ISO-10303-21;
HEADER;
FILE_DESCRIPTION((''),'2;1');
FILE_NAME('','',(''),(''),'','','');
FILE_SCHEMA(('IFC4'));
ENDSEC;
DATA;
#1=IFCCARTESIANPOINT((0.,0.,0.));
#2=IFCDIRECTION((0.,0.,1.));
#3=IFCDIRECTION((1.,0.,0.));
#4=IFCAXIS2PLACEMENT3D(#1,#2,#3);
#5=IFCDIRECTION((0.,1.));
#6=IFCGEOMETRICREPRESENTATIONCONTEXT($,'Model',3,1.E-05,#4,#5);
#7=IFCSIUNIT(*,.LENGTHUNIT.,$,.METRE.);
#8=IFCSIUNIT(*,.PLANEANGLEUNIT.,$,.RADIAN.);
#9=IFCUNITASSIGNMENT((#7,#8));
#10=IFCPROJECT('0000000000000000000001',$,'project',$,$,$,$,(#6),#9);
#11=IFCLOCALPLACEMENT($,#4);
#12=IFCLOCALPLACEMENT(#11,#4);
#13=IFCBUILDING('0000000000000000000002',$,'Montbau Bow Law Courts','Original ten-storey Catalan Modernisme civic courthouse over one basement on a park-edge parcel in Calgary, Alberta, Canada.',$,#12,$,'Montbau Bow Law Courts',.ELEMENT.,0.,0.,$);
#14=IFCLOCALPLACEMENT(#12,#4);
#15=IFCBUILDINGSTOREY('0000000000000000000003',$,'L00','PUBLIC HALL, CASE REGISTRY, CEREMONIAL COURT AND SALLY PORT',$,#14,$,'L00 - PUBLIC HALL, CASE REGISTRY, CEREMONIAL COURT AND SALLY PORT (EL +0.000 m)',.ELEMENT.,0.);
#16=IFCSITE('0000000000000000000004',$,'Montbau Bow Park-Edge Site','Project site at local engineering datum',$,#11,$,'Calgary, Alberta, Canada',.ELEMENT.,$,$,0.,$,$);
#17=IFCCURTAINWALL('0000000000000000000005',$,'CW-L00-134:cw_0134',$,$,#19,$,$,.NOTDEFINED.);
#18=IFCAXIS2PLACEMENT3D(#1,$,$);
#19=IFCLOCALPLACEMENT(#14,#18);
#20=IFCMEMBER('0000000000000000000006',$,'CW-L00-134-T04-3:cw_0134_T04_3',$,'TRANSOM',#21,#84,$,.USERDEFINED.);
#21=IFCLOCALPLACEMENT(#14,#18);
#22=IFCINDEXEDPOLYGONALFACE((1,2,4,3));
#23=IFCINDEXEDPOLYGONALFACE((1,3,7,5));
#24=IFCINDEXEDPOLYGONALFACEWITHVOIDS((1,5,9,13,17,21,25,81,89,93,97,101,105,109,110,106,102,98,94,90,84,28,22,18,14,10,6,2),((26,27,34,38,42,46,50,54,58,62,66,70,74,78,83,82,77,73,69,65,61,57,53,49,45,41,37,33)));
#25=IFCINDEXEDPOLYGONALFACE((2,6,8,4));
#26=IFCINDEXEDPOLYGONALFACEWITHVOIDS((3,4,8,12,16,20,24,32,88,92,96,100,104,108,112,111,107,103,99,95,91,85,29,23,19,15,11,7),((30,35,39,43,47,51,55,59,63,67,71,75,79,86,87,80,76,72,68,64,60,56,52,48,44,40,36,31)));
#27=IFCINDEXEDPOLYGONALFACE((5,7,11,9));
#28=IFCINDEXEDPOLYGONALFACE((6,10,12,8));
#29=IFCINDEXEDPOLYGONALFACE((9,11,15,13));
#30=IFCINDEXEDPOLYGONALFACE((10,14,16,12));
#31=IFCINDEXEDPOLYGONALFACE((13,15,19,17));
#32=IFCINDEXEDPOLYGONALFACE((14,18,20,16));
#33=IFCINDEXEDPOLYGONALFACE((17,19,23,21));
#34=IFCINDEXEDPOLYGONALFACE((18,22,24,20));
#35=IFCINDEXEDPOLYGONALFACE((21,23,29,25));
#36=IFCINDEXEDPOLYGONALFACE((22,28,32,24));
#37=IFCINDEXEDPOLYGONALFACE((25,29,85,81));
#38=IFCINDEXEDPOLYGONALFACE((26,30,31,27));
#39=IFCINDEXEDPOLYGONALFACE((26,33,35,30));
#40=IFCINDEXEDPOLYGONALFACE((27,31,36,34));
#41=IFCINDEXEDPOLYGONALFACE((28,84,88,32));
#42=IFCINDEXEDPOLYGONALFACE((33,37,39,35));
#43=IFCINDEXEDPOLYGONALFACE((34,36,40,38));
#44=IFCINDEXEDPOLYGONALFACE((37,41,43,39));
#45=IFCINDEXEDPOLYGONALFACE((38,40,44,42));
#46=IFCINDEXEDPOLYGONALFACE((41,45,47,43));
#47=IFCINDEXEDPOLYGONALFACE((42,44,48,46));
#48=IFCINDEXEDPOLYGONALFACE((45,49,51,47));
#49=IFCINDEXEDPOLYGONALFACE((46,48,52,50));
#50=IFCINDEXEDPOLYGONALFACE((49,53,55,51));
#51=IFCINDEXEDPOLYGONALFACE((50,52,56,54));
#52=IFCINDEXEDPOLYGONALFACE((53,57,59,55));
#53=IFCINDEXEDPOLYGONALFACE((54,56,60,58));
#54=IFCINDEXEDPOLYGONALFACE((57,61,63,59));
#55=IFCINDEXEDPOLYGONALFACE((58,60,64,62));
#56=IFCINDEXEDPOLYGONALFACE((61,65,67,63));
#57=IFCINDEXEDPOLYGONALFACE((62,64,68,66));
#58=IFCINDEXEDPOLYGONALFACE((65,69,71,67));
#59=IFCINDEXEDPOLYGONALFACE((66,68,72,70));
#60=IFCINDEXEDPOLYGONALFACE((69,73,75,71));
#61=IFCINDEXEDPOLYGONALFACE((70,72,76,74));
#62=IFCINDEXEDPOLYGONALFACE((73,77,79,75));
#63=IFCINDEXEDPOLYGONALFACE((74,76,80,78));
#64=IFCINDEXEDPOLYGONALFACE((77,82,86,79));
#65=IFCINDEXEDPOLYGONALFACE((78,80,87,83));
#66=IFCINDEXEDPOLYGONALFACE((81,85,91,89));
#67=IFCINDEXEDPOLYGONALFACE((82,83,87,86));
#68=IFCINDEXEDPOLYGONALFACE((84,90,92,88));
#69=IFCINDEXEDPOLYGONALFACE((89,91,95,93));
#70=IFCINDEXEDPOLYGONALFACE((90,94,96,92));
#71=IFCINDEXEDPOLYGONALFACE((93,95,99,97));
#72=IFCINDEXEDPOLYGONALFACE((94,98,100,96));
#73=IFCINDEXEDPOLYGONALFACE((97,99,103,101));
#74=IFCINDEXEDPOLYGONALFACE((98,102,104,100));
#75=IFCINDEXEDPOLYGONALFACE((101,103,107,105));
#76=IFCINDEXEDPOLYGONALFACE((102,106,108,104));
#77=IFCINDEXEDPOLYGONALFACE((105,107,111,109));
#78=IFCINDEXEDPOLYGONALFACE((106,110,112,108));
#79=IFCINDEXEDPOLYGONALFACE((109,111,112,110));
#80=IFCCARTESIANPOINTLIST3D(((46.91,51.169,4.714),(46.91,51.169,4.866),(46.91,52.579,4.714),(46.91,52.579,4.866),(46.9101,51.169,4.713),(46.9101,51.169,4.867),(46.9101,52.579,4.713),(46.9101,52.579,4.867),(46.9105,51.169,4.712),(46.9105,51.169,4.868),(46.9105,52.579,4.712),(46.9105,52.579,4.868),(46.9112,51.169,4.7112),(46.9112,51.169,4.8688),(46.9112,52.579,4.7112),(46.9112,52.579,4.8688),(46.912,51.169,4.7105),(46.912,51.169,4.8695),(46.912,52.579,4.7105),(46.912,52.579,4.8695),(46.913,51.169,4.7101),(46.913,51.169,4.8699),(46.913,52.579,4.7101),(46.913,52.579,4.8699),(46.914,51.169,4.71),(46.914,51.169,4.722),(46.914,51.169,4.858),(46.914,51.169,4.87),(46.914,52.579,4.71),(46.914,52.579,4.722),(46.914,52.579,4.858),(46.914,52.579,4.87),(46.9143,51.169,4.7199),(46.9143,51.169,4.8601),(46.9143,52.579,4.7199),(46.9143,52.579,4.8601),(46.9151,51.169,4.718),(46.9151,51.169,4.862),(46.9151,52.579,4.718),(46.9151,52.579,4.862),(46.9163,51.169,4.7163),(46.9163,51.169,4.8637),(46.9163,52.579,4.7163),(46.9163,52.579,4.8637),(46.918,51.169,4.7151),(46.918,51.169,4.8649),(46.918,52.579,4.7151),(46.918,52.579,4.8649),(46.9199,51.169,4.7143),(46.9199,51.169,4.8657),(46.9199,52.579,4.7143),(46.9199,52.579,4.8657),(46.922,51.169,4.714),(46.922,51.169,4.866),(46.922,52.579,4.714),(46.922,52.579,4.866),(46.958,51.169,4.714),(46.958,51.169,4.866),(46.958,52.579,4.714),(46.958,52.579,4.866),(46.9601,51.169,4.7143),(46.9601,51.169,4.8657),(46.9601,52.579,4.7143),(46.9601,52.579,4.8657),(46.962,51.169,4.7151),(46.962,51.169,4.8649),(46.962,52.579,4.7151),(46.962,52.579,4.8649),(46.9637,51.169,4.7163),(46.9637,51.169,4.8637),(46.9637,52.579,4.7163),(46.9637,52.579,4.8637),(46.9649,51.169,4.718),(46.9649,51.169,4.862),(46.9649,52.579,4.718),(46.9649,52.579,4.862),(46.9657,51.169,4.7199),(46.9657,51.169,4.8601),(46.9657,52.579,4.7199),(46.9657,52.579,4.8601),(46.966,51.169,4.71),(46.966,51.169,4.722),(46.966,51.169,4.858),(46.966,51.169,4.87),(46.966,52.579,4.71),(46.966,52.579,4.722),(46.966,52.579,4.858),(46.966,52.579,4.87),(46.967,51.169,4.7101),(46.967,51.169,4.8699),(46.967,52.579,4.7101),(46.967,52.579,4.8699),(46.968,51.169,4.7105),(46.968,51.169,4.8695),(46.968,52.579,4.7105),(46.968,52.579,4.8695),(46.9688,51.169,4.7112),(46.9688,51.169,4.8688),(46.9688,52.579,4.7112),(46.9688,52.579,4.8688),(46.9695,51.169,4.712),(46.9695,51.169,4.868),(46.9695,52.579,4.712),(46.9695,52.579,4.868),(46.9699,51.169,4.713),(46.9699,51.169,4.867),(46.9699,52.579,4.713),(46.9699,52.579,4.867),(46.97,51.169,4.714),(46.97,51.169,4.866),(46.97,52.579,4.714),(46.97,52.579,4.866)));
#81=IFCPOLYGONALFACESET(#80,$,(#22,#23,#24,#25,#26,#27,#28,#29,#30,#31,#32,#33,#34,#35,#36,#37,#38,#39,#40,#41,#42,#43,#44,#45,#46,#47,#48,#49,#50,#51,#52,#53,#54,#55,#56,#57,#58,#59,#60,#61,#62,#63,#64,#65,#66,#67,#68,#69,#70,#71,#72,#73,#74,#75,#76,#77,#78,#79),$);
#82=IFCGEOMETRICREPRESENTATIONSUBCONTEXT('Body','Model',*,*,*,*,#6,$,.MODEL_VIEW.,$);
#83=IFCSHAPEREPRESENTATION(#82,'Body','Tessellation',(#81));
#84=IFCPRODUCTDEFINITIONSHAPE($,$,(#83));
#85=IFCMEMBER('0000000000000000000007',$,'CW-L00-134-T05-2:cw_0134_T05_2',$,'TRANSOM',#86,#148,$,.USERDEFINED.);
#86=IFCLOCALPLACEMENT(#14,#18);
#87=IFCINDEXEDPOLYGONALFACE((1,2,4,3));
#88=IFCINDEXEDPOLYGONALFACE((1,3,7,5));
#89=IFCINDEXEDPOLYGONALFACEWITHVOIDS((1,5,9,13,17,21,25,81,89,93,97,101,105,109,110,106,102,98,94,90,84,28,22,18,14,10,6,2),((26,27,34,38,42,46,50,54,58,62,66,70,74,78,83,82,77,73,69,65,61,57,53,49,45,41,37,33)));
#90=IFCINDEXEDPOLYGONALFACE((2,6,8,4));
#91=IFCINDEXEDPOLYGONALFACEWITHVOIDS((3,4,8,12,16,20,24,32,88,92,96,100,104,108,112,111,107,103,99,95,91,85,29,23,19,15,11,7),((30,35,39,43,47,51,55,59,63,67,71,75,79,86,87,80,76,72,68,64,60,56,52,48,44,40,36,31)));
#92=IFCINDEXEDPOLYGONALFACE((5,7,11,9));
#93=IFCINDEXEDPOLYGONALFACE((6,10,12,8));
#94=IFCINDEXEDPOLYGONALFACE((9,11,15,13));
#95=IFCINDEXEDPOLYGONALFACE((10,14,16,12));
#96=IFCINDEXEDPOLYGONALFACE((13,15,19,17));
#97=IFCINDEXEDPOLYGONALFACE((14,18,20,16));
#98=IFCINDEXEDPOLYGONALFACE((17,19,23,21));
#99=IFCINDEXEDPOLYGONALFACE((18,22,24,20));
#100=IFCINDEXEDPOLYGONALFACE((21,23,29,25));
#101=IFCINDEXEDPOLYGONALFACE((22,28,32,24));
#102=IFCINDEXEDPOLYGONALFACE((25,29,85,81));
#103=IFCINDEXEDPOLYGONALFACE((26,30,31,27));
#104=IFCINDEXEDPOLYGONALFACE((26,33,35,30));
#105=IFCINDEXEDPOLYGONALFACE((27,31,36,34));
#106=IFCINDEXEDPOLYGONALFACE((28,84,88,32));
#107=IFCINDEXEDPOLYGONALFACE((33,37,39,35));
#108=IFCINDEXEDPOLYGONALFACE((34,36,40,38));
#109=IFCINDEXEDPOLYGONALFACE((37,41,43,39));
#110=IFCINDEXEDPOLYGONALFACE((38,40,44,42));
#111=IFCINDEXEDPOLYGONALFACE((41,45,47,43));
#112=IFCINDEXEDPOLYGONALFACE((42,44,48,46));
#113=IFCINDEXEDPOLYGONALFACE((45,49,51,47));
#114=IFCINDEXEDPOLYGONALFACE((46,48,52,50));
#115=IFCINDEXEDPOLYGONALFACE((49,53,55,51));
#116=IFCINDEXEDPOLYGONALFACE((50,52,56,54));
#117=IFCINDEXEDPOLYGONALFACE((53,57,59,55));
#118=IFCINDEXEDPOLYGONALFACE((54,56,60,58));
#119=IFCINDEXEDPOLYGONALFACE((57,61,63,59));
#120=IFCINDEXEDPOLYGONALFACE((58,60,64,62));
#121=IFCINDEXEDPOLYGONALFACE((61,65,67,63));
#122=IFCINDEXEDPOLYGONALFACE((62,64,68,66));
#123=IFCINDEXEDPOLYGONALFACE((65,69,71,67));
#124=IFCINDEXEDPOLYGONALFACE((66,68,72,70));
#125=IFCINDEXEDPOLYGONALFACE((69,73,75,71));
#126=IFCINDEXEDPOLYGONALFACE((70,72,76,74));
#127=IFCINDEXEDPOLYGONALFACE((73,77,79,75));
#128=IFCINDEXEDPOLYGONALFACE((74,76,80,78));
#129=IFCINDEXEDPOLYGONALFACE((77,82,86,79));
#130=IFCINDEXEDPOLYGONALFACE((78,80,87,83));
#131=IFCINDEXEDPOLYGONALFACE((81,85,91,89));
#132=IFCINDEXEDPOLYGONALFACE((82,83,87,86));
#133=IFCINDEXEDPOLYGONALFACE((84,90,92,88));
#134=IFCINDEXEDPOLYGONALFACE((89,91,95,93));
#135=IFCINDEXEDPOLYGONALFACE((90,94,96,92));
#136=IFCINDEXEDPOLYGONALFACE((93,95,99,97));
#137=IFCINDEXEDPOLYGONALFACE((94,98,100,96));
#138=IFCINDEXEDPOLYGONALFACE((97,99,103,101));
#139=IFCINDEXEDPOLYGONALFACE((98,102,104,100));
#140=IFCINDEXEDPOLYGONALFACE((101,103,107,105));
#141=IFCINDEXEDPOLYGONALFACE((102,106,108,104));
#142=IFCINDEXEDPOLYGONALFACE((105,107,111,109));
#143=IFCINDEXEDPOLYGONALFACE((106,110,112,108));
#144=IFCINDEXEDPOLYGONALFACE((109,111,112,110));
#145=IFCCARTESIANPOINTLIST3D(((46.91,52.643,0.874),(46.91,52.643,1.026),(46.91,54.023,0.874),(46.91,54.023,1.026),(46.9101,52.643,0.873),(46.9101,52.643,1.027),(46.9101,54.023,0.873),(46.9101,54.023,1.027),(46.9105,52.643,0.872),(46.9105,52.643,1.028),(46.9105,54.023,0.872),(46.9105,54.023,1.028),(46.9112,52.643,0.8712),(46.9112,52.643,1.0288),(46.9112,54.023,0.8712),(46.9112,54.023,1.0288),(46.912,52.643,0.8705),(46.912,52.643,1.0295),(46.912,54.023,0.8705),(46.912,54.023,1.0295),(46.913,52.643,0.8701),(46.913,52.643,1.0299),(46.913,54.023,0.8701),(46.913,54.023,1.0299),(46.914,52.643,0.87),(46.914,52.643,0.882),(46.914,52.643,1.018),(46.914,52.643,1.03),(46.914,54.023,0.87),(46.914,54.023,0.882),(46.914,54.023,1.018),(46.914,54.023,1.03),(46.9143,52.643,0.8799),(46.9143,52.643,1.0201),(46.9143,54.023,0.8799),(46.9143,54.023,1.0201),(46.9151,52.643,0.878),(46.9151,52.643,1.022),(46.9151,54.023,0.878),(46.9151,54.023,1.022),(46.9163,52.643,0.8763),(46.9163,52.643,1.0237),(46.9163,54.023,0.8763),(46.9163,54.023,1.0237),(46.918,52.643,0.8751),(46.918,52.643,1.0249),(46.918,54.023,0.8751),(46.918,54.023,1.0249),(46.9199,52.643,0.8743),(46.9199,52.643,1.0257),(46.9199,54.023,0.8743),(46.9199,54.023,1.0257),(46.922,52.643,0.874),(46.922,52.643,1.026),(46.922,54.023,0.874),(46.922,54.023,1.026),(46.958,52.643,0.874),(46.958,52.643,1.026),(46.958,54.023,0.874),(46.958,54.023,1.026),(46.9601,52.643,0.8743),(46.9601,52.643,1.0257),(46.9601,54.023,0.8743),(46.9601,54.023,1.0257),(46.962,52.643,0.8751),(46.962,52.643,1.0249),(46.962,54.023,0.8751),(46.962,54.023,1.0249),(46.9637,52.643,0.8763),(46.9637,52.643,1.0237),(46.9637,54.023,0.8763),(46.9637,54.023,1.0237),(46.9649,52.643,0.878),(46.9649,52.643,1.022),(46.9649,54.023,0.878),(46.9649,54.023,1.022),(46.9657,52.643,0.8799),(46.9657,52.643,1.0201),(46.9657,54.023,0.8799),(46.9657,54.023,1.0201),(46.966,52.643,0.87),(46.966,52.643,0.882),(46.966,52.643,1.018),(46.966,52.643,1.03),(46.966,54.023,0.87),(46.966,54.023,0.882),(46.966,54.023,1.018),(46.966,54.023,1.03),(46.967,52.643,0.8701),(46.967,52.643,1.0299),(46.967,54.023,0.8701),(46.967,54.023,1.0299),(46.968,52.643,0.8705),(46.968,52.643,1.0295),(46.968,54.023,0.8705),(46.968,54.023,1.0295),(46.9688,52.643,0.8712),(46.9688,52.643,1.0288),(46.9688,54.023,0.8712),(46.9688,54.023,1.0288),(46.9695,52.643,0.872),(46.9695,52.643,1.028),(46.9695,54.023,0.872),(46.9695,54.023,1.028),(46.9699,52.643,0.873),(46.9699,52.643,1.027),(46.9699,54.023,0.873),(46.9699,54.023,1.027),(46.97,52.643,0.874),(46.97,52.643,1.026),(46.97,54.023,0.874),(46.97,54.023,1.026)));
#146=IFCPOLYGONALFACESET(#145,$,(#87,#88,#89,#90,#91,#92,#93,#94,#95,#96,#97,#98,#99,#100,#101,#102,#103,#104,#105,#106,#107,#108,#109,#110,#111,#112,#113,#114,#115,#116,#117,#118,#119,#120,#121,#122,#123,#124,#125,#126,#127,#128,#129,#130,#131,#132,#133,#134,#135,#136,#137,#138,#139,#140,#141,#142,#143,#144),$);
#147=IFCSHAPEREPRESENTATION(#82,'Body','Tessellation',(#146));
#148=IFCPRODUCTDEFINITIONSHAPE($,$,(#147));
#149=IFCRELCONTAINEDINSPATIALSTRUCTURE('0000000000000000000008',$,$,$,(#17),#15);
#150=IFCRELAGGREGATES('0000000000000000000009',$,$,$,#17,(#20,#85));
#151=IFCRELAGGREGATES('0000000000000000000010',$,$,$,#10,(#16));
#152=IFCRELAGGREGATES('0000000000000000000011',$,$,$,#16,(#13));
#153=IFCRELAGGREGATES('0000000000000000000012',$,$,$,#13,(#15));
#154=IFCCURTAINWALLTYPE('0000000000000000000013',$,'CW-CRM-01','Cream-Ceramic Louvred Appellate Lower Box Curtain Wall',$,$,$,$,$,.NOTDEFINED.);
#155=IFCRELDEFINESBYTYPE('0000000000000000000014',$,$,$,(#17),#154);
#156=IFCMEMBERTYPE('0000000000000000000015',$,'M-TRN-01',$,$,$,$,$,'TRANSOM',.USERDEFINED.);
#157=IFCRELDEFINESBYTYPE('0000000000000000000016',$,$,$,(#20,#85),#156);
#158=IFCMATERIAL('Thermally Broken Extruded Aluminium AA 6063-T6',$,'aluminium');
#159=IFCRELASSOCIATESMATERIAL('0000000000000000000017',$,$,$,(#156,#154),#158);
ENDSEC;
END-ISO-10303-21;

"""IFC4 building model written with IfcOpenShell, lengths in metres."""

from ifc_helpers import new_model, si_unit, direction, frame, origin_with_axes, origin_2d_with_axis, place, context, subcontext, project, spatial, hollow_rectangle, extrude, material, material_profile, profile_set, type_object, element, aggregate, save


model = new_model("IFC4")

# Units and contexts
model_context = context("Model", 3, precision=1e-05, world=origin_with_axes(), true_north=direction((0.0, 1.0)))
body_context = subcontext(model_context, "Body", "Model", "MODEL_VIEW")
ifc_project = project(units=[si_unit("LENGTHUNIT", "METRE"), si_unit("PLANEANGLEUNIT", "RADIAN")], contexts=[model_context])

# Site, building, storey
site_placement = place(None, origin_with_axes())
site = spatial("IfcSite", under=ifc_project, at=site_placement, Name="Montbau Bow Park-Edge Site", Description="Project site at local engineering datum", LongName="Calgary, Alberta, Canada", CompositionType="ELEMENT", RefElevation=0.0)
building_placement = place(site_placement, origin_with_axes())
building = spatial("IfcBuilding", under=site, at=building_placement, Name="Montbau Bow Law Courts", Description="Original ten-storey Catalan Modernisme civic courthouse over one basement on a park-edge parcel in Calgary, Alberta, Canada.", LongName="Montbau Bow Law Courts", CompositionType="ELEMENT", ElevationOfRefHeight=0.0, ElevationOfTerrain=0.0)
storey_placement = place(building_placement, origin_with_axes())
storey = spatial("IfcBuildingStorey", under=building, at=storey_placement, Name="L00", Description="PUBLIC HALL, CASE REGISTRY, CEREMONIAL COURT AND SALLY PORT", LongName="L00 - PUBLIC HALL, CASE REGISTRY, CEREMONIAL COURT AND SALLY PORT (EL +0.000 m)", CompositionType="ELEMENT", Elevation=0.0)

# Curtain wall, members
ifc_material_1 = material(Name="Thermally Broken Extruded Aluminium AA 6063-T6", Category="aluminium")
ifc_material_profile_1 = material_profile(ifc_material_1, hollow_rectangle(XDim=0.06, YDim=0.16, WallThickness=0.004, InnerFilletRadius=0.008, OuterFilletRadius=0.004, at=origin_2d_with_axis()), Name="CWT-160X60", Category="Main", Priority=0)
ifc_profile_set_1 = profile_set([ifc_material_profile_1], Name="Thermally Broken Extruded Aluminium AA 6063-T6")
member_type_1 = type_object("IfcMemberType", Name="M-TRN-01", ElementType="TRANSOM", PredefinedType="USERDEFINED", material=ifc_profile_set_1)
curtain_wall_type_1 = type_object("IfcCurtainWallType", Name="CW-CRM-01", Description="Cream-Ceramic Louvred Appellate Lower Box Curtain Wall", PredefinedType="NOTDEFINED", material=ifc_material_1)
curtain_wall_1_placement = place(None, frame((46.94, 46.715, 0.0), z_axis=(0.0, 0.0, 1.0), x_axis=(1.0, 0.0, 0.0)))
curtain_wall_1 = element("IfcCurtainWall", 1, at=curtain_wall_1_placement, inside=storey, type_object=curtain_wall_type_1, Name="CW-L00-134:cw_0134", PredefinedType="NOTDEFINED")
member_1_placement = place(None, frame((46.94, 51.169, 4.79), z_axis=(0.0, 1.0, 0.0), x_axis=(-1.0, 0.0, 0.0)))
member_1 = element("IfcMember", 2, at=member_1_placement, type_object=member_type_1, Name="CW-L00-134-T04-3:cw_0134_T04_3", ObjectType="TRANSOM", PredefinedType="USERDEFINED", context=body_context, shape_type="SweptSolid", body=[
    extrude(hollow_rectangle(XDim=0.06, YDim=0.16, WallThickness=0.004, InnerFilletRadius=0.008, OuterFilletRadius=0.004, at=origin_2d_with_axis()), origin_with_axes(), (0.0, 0.0, 1.0), 1.41),
])
member_2_placement = place(None, frame((46.94, 52.643, 0.95), z_axis=(0.0, 1.0, 0.0), x_axis=(-1.0, 0.0, 0.0)))
member_2 = element("IfcMember", 3, at=member_2_placement, type_object=member_type_1, Name="CW-L00-134-T05-2:cw_0134_T05_2", ObjectType="TRANSOM", PredefinedType="USERDEFINED", context=body_context, shape_type="SweptSolid", body=[
    extrude(hollow_rectangle(XDim=0.06, YDim=0.16, WallThickness=0.004, InnerFilletRadius=0.008, OuterFilletRadius=0.004, at=origin_2d_with_axis()), origin_with_axes(), (0.0, 0.0, 1.0), 1.38),
])

aggregate(curtain_wall_1, [member_1, member_2])

save(model, "model.ifc")
